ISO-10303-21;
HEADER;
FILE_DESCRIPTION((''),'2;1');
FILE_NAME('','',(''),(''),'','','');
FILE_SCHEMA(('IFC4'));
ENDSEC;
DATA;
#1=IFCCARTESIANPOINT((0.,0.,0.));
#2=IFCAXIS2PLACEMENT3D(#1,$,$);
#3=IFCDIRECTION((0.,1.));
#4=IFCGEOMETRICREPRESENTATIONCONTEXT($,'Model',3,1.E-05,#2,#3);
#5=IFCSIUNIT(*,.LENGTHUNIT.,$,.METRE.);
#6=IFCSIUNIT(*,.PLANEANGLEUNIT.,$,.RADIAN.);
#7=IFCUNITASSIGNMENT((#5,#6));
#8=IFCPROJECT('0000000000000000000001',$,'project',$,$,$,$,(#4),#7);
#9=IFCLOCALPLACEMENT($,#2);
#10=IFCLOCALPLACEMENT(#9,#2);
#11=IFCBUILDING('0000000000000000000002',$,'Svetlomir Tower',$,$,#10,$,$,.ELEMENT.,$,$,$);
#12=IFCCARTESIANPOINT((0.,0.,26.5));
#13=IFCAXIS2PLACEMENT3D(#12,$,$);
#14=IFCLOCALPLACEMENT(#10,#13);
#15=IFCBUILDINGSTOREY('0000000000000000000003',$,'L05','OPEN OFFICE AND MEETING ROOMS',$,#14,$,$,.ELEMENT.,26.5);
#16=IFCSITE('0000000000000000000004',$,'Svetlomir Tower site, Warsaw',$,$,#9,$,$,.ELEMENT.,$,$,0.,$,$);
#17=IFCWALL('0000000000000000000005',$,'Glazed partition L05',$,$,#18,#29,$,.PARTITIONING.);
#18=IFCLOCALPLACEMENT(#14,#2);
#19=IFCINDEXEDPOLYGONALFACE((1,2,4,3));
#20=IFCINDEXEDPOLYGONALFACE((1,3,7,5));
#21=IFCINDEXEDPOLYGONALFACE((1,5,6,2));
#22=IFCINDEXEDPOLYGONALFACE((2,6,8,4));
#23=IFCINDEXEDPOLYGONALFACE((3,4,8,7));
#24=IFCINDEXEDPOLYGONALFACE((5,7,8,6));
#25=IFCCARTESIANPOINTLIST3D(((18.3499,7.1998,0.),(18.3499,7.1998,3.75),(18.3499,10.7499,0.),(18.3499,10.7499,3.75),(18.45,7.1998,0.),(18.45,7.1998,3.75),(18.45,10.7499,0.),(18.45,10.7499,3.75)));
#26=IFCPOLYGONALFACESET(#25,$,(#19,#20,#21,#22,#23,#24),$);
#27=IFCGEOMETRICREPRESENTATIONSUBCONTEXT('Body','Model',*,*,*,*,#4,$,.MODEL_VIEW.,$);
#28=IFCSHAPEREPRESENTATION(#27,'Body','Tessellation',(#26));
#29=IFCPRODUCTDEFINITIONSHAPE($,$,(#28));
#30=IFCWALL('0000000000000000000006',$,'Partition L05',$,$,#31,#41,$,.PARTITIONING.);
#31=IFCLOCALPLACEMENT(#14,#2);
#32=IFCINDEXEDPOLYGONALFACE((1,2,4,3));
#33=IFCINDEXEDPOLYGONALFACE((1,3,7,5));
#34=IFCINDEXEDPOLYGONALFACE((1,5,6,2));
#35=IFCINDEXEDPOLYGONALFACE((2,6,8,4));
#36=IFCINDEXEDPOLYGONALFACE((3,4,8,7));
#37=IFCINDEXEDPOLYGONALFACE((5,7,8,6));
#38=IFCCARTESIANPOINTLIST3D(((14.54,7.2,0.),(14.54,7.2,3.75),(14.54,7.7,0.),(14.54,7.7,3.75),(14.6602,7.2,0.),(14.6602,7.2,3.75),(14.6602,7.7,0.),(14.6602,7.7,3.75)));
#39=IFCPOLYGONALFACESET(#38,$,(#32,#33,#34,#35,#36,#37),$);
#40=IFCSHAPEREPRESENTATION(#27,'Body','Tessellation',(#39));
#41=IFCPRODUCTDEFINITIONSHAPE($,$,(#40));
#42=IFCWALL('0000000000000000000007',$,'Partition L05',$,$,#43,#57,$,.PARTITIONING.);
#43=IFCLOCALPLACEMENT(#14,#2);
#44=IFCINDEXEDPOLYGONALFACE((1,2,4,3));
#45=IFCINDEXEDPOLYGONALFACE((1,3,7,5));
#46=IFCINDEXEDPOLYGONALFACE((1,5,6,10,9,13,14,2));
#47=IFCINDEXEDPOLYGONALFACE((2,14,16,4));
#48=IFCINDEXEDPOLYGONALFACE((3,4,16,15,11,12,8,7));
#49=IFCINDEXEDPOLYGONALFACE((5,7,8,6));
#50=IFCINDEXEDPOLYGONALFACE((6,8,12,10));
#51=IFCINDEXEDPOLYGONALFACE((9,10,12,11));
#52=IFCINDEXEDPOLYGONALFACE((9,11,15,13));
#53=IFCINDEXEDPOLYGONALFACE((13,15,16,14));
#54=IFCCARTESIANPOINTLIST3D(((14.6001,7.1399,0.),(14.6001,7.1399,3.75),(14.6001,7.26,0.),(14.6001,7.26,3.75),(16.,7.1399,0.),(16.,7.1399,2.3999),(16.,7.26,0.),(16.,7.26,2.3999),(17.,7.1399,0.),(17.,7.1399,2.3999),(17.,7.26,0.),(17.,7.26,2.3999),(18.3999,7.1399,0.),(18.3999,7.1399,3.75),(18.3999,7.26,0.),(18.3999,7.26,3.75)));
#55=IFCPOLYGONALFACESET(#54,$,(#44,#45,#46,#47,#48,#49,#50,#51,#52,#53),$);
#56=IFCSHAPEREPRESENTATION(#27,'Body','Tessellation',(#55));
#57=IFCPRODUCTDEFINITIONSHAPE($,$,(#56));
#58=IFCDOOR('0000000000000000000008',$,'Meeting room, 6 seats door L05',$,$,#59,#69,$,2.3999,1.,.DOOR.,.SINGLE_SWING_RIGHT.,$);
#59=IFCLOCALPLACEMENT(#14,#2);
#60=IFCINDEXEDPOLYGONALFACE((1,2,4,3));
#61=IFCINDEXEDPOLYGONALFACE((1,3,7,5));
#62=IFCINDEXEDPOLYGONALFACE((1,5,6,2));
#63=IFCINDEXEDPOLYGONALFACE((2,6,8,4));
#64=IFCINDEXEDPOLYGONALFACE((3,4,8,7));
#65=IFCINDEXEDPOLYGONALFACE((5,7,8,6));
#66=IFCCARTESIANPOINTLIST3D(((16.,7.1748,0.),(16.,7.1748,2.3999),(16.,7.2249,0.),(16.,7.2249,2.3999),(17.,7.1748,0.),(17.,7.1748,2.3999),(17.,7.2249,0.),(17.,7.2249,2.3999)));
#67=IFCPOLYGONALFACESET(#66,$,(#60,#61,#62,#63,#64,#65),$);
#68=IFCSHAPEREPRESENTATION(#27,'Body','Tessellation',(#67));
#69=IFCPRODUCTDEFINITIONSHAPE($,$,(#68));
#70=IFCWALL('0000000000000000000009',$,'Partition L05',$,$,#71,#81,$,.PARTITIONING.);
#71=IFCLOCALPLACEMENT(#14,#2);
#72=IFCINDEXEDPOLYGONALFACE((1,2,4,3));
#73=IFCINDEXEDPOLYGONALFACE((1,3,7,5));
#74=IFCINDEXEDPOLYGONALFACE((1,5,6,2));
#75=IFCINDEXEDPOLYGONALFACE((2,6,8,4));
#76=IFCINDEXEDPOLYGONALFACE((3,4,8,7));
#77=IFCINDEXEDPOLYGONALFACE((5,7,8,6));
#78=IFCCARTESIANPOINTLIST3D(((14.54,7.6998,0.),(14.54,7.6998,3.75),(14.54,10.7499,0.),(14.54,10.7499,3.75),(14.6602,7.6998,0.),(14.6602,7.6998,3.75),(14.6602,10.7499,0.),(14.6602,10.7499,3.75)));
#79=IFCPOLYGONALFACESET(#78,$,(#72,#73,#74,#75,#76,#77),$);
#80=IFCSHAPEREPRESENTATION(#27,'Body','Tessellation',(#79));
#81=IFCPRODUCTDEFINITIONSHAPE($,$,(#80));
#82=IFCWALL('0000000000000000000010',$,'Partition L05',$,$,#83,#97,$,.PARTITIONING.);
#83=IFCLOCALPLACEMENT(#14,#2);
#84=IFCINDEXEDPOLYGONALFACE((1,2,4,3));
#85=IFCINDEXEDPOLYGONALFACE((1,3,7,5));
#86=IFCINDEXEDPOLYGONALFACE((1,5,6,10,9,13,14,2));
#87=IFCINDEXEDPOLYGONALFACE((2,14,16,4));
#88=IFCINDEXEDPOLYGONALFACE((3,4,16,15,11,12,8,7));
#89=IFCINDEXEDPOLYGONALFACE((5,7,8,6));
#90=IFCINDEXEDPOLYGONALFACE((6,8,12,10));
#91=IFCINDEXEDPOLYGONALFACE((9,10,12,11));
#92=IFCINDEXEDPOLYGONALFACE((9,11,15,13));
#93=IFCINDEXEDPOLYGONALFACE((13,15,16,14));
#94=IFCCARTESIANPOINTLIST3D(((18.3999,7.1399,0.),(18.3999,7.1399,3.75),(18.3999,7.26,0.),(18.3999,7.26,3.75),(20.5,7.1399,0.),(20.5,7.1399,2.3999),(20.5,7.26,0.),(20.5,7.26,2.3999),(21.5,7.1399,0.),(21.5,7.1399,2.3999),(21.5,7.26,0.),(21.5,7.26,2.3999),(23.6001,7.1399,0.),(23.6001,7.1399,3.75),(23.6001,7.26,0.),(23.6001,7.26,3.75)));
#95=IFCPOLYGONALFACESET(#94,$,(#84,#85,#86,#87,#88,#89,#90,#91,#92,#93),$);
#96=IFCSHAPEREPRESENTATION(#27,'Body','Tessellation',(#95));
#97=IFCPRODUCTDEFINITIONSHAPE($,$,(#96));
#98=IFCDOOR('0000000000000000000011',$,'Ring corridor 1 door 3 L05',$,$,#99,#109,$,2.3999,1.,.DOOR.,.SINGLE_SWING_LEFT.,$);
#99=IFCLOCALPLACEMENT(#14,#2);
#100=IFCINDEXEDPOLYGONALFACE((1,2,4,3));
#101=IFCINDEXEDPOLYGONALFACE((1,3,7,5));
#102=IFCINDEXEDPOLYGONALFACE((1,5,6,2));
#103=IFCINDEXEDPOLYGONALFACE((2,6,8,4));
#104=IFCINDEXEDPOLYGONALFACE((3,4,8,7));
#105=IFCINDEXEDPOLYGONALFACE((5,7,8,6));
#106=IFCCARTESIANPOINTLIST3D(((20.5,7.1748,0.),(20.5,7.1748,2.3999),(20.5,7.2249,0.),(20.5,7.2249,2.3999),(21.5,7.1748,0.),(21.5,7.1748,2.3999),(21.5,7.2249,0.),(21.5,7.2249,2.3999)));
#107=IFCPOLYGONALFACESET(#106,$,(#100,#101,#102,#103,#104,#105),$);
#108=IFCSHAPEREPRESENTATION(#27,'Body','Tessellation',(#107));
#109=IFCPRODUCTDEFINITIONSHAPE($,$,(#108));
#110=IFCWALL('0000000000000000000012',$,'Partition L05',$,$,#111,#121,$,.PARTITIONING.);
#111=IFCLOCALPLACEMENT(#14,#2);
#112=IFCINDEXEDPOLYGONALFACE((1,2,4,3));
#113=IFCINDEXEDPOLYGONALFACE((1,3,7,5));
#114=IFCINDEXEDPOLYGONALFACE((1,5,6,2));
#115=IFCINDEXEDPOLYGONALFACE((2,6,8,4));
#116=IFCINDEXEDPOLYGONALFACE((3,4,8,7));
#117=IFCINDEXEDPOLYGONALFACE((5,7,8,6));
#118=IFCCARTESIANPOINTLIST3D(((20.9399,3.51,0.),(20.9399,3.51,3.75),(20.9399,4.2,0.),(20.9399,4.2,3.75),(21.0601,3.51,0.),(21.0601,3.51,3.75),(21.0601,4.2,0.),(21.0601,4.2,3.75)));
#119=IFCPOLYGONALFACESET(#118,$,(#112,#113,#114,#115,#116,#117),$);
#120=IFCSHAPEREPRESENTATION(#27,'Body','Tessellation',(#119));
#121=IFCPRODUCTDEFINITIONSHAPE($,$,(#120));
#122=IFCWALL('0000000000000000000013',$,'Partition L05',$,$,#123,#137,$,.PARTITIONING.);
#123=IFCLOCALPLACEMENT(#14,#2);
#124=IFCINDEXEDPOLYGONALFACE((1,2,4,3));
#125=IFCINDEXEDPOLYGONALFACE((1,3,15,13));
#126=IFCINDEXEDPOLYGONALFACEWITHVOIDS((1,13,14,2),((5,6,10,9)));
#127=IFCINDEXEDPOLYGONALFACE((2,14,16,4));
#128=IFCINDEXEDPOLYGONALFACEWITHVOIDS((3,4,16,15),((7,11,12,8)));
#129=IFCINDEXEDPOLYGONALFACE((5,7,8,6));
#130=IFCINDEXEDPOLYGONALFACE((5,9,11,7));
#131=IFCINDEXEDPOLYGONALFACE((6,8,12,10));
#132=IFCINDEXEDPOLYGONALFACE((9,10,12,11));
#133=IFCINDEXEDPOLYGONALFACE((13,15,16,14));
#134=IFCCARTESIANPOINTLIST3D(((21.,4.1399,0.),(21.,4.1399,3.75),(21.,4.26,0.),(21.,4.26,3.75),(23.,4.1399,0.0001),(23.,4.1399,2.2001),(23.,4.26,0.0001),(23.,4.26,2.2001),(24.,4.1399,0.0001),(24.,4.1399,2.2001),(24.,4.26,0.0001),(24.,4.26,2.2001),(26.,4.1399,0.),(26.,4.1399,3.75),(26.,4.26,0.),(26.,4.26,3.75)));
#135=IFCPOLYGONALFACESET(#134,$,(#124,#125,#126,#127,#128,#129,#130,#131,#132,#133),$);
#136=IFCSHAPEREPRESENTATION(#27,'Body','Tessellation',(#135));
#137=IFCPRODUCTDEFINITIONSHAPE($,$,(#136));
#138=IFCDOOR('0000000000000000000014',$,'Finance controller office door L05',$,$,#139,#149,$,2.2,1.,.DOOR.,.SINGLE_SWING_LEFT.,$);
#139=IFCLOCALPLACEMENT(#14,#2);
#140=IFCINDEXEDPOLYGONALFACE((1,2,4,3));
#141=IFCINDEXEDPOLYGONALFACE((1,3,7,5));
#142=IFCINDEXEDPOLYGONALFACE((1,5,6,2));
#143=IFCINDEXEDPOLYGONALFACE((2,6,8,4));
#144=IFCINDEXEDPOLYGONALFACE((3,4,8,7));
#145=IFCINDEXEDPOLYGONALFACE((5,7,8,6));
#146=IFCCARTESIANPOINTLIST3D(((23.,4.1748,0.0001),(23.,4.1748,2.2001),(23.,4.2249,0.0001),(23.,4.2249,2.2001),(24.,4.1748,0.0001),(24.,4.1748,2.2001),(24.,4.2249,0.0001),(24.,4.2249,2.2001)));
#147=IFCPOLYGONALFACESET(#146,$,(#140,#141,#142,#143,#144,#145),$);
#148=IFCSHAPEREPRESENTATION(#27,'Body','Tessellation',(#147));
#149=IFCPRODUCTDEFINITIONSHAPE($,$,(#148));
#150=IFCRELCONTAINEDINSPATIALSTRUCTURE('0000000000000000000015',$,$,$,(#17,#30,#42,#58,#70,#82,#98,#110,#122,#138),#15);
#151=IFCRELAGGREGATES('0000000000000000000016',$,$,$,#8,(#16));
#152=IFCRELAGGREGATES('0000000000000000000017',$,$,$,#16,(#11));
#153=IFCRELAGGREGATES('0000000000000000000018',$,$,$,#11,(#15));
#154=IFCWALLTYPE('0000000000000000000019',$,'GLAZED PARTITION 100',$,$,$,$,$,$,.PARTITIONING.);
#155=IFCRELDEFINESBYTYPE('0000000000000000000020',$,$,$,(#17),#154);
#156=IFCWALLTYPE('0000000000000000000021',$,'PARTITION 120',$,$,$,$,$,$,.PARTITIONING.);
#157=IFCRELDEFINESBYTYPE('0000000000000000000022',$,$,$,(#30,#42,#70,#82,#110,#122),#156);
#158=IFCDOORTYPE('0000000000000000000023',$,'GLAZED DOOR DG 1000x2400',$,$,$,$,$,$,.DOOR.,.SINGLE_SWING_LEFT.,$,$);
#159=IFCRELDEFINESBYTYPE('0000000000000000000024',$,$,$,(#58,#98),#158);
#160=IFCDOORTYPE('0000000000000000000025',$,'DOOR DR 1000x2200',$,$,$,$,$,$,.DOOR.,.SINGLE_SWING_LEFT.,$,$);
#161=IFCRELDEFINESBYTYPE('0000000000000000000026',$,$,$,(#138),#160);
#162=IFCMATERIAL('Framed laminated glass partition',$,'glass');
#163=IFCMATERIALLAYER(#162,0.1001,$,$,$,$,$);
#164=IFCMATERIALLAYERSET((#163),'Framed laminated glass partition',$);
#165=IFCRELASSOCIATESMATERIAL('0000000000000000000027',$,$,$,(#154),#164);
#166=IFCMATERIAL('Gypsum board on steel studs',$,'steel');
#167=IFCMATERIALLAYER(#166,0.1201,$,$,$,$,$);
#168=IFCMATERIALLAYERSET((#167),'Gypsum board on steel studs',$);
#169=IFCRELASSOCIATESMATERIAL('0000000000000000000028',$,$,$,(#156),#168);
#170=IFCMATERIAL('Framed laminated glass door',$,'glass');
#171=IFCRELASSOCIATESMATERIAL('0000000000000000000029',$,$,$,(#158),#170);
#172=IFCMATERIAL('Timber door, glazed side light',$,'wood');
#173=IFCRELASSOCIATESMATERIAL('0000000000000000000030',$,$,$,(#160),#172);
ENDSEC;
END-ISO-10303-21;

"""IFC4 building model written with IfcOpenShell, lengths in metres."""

from ifc_helpers import new_model, si_unit, direction, frame, frame_2d, origin, place, context, subcontext, project, spatial, rectangle, extrude, material, layer, layer_set, type_object, element, fill, save


model = new_model("IFC4")

# Units and contexts
model_context = context("Model", 3, precision=1e-05, world=origin(), true_north=direction((0.0, 1.0)))
body_context = subcontext(model_context, "Body", "Model", "MODEL_VIEW")
ifc_project = project(units=[si_unit("LENGTHUNIT", "METRE"), si_unit("PLANEANGLEUNIT", "RADIAN")], contexts=[model_context])

# Site, building, storey
site_placement = place(None, origin())
site = spatial("IfcSite", under=ifc_project, at=site_placement, Name="Svetlomir Tower site, Warsaw", CompositionType="ELEMENT", RefElevation=0.0)
building_placement = place(site_placement, origin())
building = spatial("IfcBuilding", under=site, at=building_placement, Name="Svetlomir Tower", CompositionType="ELEMENT")
storey_placement = place(building_placement, frame((0.0, 0.0, 26.5)))
storey = spatial("IfcBuildingStorey", under=building, at=storey_placement, Name="L05", Description="OPEN OFFICE AND MEETING ROOMS", CompositionType="ELEMENT", Elevation=26.5)

# Walls
ifc_material_1 = material(Name="Framed laminated glass partition", Category="glass")
ifc_layer_1 = layer(ifc_material_1, 0.1001)
ifc_layer_set_1 = layer_set([ifc_layer_1], Name="Framed laminated glass partition")
wall_type_1 = type_object("IfcWallType", Name="GLAZED PARTITION 100", PredefinedType="PARTITIONING", material=ifc_layer_set_1)
wall_1_placement = place(storey_placement, frame((18.3999, 7.2, 0.0), z_axis=(0.0, 0.0, 1.0), x_axis=(0.0, 1.0, 0.0)))
element("IfcWall", 1, at=wall_1_placement, inside=storey, type_object=wall_type_1, Name="Glazed partition L05", PredefinedType="PARTITIONING", context=body_context, shape_type="SweptSolid", body=[
    extrude(rectangle(XDim=3.55, YDim=0.1001, at=frame_2d((1.7749, 0.0))), origin(), (0.0, 0.0, 1.0), 3.75),
])
ifc_material_2 = material(Name="Gypsum board on steel studs", Category="steel")
ifc_layer_2 = layer(ifc_material_2, 0.1201)
ifc_layer_set_2 = layer_set([ifc_layer_2], Name="Gypsum board on steel studs")
wall_type_2 = type_object("IfcWallType", Name="PARTITION 120", PredefinedType="PARTITIONING", material=ifc_layer_set_2)
wall_2_placement = place(storey_placement, frame((14.6001, 7.2, 0.0), z_axis=(0.0, 0.0, 1.0), x_axis=(0.0, 1.0, 0.0)))
element("IfcWall", 2, at=wall_2_placement, inside=storey, type_object=wall_type_2, Name="Partition L05", PredefinedType="PARTITIONING", context=body_context, shape_type="SweptSolid", body=[
    extrude(rectangle(XDim=0.5, YDim=0.1201, at=frame_2d((0.25, 0.0))), origin(), (0.0, 0.0, 1.0), 3.75),
])

# Wall, opening, door
wall_3_placement = place(storey_placement, frame((14.6001, 7.2, 0.0), z_axis=(0.0, 0.0, 1.0), x_axis=(1.0, 0.0, 0.0)))
wall_3 = element("IfcWall", 3, at=wall_3_placement, inside=storey, type_object=wall_type_2, Name="Partition L05", PredefinedType="PARTITIONING", context=body_context, shape_type="SweptSolid", body=[
    extrude(rectangle(XDim=3.7998, YDim=0.1201, at=frame_2d((1.8999, 0.0))), origin(), (0.0, 0.0, 1.0), 3.75),
])
opening_1_placement = place(wall_3_placement, frame((1.3999, 0.0, 0.0)))
opening_1 = element("IfcOpeningElement", 4, at=opening_1_placement, cuts=wall_3, PredefinedType="OPENING", context=body_context, shape_type="SweptSolid", body=[
    extrude(rectangle(XDim=1.0, YDim=2.3999, at=frame_2d((0.5, 1.2))), frame((0.0, 0.0701, 0.0), z_axis=(0.0, -1.0, 0.0), x_axis=(1.0, 0.0, 0.0)), (0.0, 0.0, 1.0), 0.1401),
])
ifc_material_3 = material(Name="Framed laminated glass door", Category="glass")
door_type_1 = type_object("IfcDoorType", Name="GLAZED DOOR DG 1000x2400", OperationType="SINGLE_SWING_LEFT", PredefinedType="DOOR", material=ifc_material_3)
door_1_placement = place(opening_1_placement, origin())
door_1 = element("IfcDoor", 5, at=door_1_placement, inside=storey, type_object=door_type_1, Name="Meeting room, 6 seats door L05", OperationType="SINGLE_SWING_RIGHT", OverallHeight=2.3999, OverallWidth=1.0, PredefinedType="DOOR", context=body_context, shape_type="SweptSolid", body=[
    extrude(rectangle(XDim=1.0, YDim=2.3999, at=frame_2d((0.5, 1.2))), frame((0.0, 0.0249, 0.0), z_axis=(0.0, -1.0, 0.0), x_axis=(1.0, 0.0, 0.0)), (0.0, 0.0, 1.0), 0.05),
])
fill(opening_1, door_1)

# Wall
wall_4_placement = place(storey_placement, frame((14.6001, 7.7, 0.0), z_axis=(0.0, 0.0, 1.0), x_axis=(0.0, 1.0, 0.0)))
element("IfcWall", 6, at=wall_4_placement, inside=storey, type_object=wall_type_2, Name="Partition L05", PredefinedType="PARTITIONING", context=body_context, shape_type="SweptSolid", body=[
    extrude(rectangle(XDim=3.05, YDim=0.1201, at=frame_2d((1.5249, 0.0))), origin(), (0.0, 0.0, 1.0), 3.75),
])

# Wall, opening, door
wall_5_placement = place(storey_placement, frame((18.3999, 7.2, 0.0), z_axis=(0.0, 0.0, 1.0), x_axis=(1.0, 0.0, 0.0)))
wall_5 = element("IfcWall", 7, at=wall_5_placement, inside=storey, type_object=wall_type_2, Name="Partition L05", PredefinedType="PARTITIONING", context=body_context, shape_type="SweptSolid", body=[
    extrude(rectangle(XDim=5.2002, YDim=0.1201, at=frame_2d((2.6001, 0.0))), origin(), (0.0, 0.0, 1.0), 3.75),
])
opening_2_placement = place(wall_5_placement, frame((2.1001, 0.0, 0.0)))
opening_2 = element("IfcOpeningElement", 8, at=opening_2_placement, cuts=wall_5, PredefinedType="OPENING", context=body_context, shape_type="SweptSolid", body=[
    extrude(rectangle(XDim=1.0, YDim=2.3999, at=frame_2d((0.5, 1.2))), frame((0.0, 0.0701, 0.0), z_axis=(0.0, -1.0, 0.0), x_axis=(1.0, 0.0, 0.0)), (0.0, 0.0, 1.0), 0.1401),
])
door_2_placement = place(opening_2_placement, origin())
door_2 = element("IfcDoor", 9, at=door_2_placement, inside=storey, type_object=door_type_1, Name="Ring corridor 1 door 3 L05", OperationType="SINGLE_SWING_LEFT", OverallHeight=2.3999, OverallWidth=1.0, PredefinedType="DOOR", context=body_context, shape_type="SweptSolid", body=[
    extrude(rectangle(XDim=1.0, YDim=2.3999, at=frame_2d((0.5, 1.2))), frame((0.0, 0.0249, 0.0), z_axis=(0.0, -1.0, 0.0), x_axis=(1.0, 0.0, 0.0)), (0.0, 0.0, 1.0), 0.05),
])
fill(opening_2, door_2)

# Wall
wall_6_placement = place(storey_placement, frame((21.0, 3.51, 0.0), z_axis=(0.0, 0.0, 1.0), x_axis=(0.0, 1.0, 0.0)))
element("IfcWall", 10, at=wall_6_placement, inside=storey, type_object=wall_type_2, Name="Partition L05", PredefinedType="PARTITIONING", context=body_context, shape_type="SweptSolid", body=[
    extrude(rectangle(XDim=0.6899, YDim=0.1201, at=frame_2d((0.345, 0.0))), origin(), (0.0, 0.0, 1.0), 3.75),
])

# Wall, opening, door
wall_7_placement = place(storey_placement, frame((21.0, 4.2, 0.0), z_axis=(0.0, 0.0, 1.0), x_axis=(1.0, 0.0, 0.0)))
wall_7 = element("IfcWall", 11, at=wall_7_placement, inside=storey, type_object=wall_type_2, Name="Partition L05", PredefinedType="PARTITIONING", context=body_context, shape_type="SweptSolid", body=[
    extrude(rectangle(XDim=5.0, YDim=0.1201, at=frame_2d((2.5, 0.0))), origin(), (0.0, 0.0, 1.0), 3.75),
])
opening_3_placement = place(wall_7_placement, frame((2.0, 0.0, 0.0)))
opening_3 = element("IfcOpeningElement", 12, at=opening_3_placement, cuts=wall_7, PredefinedType="OPENING", context=body_context, shape_type="SweptSolid", body=[
    extrude(rectangle(XDim=1.0, YDim=2.2, at=frame_2d((0.5, 1.1001))), frame((0.0, 0.0701, 0.0), z_axis=(0.0, -1.0, 0.0), x_axis=(1.0, 0.0, 0.0)), (0.0, 0.0, 1.0), 0.1401),
])
ifc_material_4 = material(Name="Timber door, glazed side light", Category="wood")
door_type_2 = type_object("IfcDoorType", Name="DOOR DR 1000x2200", OperationType="SINGLE_SWING_LEFT", PredefinedType="DOOR", material=ifc_material_4)
door_3_placement = place(opening_3_placement, origin())
door_3 = element("IfcDoor", 13, at=door_3_placement, inside=storey, type_object=door_type_2, Name="Finance controller office door L05", OperationType="SINGLE_SWING_LEFT", OverallHeight=2.2, OverallWidth=1.0, PredefinedType="DOOR", context=body_context, shape_type="SweptSolid", body=[
    extrude(rectangle(XDim=1.0, YDim=2.2, at=frame_2d((0.5, 1.1001))), frame((0.0, 0.0249, 0.0), z_axis=(0.0, -1.0, 0.0), x_axis=(1.0, 0.0, 0.0)), (0.0, 0.0, 1.0), 0.05),
])
fill(opening_3, door_3)

save(model, "model.ifc")
